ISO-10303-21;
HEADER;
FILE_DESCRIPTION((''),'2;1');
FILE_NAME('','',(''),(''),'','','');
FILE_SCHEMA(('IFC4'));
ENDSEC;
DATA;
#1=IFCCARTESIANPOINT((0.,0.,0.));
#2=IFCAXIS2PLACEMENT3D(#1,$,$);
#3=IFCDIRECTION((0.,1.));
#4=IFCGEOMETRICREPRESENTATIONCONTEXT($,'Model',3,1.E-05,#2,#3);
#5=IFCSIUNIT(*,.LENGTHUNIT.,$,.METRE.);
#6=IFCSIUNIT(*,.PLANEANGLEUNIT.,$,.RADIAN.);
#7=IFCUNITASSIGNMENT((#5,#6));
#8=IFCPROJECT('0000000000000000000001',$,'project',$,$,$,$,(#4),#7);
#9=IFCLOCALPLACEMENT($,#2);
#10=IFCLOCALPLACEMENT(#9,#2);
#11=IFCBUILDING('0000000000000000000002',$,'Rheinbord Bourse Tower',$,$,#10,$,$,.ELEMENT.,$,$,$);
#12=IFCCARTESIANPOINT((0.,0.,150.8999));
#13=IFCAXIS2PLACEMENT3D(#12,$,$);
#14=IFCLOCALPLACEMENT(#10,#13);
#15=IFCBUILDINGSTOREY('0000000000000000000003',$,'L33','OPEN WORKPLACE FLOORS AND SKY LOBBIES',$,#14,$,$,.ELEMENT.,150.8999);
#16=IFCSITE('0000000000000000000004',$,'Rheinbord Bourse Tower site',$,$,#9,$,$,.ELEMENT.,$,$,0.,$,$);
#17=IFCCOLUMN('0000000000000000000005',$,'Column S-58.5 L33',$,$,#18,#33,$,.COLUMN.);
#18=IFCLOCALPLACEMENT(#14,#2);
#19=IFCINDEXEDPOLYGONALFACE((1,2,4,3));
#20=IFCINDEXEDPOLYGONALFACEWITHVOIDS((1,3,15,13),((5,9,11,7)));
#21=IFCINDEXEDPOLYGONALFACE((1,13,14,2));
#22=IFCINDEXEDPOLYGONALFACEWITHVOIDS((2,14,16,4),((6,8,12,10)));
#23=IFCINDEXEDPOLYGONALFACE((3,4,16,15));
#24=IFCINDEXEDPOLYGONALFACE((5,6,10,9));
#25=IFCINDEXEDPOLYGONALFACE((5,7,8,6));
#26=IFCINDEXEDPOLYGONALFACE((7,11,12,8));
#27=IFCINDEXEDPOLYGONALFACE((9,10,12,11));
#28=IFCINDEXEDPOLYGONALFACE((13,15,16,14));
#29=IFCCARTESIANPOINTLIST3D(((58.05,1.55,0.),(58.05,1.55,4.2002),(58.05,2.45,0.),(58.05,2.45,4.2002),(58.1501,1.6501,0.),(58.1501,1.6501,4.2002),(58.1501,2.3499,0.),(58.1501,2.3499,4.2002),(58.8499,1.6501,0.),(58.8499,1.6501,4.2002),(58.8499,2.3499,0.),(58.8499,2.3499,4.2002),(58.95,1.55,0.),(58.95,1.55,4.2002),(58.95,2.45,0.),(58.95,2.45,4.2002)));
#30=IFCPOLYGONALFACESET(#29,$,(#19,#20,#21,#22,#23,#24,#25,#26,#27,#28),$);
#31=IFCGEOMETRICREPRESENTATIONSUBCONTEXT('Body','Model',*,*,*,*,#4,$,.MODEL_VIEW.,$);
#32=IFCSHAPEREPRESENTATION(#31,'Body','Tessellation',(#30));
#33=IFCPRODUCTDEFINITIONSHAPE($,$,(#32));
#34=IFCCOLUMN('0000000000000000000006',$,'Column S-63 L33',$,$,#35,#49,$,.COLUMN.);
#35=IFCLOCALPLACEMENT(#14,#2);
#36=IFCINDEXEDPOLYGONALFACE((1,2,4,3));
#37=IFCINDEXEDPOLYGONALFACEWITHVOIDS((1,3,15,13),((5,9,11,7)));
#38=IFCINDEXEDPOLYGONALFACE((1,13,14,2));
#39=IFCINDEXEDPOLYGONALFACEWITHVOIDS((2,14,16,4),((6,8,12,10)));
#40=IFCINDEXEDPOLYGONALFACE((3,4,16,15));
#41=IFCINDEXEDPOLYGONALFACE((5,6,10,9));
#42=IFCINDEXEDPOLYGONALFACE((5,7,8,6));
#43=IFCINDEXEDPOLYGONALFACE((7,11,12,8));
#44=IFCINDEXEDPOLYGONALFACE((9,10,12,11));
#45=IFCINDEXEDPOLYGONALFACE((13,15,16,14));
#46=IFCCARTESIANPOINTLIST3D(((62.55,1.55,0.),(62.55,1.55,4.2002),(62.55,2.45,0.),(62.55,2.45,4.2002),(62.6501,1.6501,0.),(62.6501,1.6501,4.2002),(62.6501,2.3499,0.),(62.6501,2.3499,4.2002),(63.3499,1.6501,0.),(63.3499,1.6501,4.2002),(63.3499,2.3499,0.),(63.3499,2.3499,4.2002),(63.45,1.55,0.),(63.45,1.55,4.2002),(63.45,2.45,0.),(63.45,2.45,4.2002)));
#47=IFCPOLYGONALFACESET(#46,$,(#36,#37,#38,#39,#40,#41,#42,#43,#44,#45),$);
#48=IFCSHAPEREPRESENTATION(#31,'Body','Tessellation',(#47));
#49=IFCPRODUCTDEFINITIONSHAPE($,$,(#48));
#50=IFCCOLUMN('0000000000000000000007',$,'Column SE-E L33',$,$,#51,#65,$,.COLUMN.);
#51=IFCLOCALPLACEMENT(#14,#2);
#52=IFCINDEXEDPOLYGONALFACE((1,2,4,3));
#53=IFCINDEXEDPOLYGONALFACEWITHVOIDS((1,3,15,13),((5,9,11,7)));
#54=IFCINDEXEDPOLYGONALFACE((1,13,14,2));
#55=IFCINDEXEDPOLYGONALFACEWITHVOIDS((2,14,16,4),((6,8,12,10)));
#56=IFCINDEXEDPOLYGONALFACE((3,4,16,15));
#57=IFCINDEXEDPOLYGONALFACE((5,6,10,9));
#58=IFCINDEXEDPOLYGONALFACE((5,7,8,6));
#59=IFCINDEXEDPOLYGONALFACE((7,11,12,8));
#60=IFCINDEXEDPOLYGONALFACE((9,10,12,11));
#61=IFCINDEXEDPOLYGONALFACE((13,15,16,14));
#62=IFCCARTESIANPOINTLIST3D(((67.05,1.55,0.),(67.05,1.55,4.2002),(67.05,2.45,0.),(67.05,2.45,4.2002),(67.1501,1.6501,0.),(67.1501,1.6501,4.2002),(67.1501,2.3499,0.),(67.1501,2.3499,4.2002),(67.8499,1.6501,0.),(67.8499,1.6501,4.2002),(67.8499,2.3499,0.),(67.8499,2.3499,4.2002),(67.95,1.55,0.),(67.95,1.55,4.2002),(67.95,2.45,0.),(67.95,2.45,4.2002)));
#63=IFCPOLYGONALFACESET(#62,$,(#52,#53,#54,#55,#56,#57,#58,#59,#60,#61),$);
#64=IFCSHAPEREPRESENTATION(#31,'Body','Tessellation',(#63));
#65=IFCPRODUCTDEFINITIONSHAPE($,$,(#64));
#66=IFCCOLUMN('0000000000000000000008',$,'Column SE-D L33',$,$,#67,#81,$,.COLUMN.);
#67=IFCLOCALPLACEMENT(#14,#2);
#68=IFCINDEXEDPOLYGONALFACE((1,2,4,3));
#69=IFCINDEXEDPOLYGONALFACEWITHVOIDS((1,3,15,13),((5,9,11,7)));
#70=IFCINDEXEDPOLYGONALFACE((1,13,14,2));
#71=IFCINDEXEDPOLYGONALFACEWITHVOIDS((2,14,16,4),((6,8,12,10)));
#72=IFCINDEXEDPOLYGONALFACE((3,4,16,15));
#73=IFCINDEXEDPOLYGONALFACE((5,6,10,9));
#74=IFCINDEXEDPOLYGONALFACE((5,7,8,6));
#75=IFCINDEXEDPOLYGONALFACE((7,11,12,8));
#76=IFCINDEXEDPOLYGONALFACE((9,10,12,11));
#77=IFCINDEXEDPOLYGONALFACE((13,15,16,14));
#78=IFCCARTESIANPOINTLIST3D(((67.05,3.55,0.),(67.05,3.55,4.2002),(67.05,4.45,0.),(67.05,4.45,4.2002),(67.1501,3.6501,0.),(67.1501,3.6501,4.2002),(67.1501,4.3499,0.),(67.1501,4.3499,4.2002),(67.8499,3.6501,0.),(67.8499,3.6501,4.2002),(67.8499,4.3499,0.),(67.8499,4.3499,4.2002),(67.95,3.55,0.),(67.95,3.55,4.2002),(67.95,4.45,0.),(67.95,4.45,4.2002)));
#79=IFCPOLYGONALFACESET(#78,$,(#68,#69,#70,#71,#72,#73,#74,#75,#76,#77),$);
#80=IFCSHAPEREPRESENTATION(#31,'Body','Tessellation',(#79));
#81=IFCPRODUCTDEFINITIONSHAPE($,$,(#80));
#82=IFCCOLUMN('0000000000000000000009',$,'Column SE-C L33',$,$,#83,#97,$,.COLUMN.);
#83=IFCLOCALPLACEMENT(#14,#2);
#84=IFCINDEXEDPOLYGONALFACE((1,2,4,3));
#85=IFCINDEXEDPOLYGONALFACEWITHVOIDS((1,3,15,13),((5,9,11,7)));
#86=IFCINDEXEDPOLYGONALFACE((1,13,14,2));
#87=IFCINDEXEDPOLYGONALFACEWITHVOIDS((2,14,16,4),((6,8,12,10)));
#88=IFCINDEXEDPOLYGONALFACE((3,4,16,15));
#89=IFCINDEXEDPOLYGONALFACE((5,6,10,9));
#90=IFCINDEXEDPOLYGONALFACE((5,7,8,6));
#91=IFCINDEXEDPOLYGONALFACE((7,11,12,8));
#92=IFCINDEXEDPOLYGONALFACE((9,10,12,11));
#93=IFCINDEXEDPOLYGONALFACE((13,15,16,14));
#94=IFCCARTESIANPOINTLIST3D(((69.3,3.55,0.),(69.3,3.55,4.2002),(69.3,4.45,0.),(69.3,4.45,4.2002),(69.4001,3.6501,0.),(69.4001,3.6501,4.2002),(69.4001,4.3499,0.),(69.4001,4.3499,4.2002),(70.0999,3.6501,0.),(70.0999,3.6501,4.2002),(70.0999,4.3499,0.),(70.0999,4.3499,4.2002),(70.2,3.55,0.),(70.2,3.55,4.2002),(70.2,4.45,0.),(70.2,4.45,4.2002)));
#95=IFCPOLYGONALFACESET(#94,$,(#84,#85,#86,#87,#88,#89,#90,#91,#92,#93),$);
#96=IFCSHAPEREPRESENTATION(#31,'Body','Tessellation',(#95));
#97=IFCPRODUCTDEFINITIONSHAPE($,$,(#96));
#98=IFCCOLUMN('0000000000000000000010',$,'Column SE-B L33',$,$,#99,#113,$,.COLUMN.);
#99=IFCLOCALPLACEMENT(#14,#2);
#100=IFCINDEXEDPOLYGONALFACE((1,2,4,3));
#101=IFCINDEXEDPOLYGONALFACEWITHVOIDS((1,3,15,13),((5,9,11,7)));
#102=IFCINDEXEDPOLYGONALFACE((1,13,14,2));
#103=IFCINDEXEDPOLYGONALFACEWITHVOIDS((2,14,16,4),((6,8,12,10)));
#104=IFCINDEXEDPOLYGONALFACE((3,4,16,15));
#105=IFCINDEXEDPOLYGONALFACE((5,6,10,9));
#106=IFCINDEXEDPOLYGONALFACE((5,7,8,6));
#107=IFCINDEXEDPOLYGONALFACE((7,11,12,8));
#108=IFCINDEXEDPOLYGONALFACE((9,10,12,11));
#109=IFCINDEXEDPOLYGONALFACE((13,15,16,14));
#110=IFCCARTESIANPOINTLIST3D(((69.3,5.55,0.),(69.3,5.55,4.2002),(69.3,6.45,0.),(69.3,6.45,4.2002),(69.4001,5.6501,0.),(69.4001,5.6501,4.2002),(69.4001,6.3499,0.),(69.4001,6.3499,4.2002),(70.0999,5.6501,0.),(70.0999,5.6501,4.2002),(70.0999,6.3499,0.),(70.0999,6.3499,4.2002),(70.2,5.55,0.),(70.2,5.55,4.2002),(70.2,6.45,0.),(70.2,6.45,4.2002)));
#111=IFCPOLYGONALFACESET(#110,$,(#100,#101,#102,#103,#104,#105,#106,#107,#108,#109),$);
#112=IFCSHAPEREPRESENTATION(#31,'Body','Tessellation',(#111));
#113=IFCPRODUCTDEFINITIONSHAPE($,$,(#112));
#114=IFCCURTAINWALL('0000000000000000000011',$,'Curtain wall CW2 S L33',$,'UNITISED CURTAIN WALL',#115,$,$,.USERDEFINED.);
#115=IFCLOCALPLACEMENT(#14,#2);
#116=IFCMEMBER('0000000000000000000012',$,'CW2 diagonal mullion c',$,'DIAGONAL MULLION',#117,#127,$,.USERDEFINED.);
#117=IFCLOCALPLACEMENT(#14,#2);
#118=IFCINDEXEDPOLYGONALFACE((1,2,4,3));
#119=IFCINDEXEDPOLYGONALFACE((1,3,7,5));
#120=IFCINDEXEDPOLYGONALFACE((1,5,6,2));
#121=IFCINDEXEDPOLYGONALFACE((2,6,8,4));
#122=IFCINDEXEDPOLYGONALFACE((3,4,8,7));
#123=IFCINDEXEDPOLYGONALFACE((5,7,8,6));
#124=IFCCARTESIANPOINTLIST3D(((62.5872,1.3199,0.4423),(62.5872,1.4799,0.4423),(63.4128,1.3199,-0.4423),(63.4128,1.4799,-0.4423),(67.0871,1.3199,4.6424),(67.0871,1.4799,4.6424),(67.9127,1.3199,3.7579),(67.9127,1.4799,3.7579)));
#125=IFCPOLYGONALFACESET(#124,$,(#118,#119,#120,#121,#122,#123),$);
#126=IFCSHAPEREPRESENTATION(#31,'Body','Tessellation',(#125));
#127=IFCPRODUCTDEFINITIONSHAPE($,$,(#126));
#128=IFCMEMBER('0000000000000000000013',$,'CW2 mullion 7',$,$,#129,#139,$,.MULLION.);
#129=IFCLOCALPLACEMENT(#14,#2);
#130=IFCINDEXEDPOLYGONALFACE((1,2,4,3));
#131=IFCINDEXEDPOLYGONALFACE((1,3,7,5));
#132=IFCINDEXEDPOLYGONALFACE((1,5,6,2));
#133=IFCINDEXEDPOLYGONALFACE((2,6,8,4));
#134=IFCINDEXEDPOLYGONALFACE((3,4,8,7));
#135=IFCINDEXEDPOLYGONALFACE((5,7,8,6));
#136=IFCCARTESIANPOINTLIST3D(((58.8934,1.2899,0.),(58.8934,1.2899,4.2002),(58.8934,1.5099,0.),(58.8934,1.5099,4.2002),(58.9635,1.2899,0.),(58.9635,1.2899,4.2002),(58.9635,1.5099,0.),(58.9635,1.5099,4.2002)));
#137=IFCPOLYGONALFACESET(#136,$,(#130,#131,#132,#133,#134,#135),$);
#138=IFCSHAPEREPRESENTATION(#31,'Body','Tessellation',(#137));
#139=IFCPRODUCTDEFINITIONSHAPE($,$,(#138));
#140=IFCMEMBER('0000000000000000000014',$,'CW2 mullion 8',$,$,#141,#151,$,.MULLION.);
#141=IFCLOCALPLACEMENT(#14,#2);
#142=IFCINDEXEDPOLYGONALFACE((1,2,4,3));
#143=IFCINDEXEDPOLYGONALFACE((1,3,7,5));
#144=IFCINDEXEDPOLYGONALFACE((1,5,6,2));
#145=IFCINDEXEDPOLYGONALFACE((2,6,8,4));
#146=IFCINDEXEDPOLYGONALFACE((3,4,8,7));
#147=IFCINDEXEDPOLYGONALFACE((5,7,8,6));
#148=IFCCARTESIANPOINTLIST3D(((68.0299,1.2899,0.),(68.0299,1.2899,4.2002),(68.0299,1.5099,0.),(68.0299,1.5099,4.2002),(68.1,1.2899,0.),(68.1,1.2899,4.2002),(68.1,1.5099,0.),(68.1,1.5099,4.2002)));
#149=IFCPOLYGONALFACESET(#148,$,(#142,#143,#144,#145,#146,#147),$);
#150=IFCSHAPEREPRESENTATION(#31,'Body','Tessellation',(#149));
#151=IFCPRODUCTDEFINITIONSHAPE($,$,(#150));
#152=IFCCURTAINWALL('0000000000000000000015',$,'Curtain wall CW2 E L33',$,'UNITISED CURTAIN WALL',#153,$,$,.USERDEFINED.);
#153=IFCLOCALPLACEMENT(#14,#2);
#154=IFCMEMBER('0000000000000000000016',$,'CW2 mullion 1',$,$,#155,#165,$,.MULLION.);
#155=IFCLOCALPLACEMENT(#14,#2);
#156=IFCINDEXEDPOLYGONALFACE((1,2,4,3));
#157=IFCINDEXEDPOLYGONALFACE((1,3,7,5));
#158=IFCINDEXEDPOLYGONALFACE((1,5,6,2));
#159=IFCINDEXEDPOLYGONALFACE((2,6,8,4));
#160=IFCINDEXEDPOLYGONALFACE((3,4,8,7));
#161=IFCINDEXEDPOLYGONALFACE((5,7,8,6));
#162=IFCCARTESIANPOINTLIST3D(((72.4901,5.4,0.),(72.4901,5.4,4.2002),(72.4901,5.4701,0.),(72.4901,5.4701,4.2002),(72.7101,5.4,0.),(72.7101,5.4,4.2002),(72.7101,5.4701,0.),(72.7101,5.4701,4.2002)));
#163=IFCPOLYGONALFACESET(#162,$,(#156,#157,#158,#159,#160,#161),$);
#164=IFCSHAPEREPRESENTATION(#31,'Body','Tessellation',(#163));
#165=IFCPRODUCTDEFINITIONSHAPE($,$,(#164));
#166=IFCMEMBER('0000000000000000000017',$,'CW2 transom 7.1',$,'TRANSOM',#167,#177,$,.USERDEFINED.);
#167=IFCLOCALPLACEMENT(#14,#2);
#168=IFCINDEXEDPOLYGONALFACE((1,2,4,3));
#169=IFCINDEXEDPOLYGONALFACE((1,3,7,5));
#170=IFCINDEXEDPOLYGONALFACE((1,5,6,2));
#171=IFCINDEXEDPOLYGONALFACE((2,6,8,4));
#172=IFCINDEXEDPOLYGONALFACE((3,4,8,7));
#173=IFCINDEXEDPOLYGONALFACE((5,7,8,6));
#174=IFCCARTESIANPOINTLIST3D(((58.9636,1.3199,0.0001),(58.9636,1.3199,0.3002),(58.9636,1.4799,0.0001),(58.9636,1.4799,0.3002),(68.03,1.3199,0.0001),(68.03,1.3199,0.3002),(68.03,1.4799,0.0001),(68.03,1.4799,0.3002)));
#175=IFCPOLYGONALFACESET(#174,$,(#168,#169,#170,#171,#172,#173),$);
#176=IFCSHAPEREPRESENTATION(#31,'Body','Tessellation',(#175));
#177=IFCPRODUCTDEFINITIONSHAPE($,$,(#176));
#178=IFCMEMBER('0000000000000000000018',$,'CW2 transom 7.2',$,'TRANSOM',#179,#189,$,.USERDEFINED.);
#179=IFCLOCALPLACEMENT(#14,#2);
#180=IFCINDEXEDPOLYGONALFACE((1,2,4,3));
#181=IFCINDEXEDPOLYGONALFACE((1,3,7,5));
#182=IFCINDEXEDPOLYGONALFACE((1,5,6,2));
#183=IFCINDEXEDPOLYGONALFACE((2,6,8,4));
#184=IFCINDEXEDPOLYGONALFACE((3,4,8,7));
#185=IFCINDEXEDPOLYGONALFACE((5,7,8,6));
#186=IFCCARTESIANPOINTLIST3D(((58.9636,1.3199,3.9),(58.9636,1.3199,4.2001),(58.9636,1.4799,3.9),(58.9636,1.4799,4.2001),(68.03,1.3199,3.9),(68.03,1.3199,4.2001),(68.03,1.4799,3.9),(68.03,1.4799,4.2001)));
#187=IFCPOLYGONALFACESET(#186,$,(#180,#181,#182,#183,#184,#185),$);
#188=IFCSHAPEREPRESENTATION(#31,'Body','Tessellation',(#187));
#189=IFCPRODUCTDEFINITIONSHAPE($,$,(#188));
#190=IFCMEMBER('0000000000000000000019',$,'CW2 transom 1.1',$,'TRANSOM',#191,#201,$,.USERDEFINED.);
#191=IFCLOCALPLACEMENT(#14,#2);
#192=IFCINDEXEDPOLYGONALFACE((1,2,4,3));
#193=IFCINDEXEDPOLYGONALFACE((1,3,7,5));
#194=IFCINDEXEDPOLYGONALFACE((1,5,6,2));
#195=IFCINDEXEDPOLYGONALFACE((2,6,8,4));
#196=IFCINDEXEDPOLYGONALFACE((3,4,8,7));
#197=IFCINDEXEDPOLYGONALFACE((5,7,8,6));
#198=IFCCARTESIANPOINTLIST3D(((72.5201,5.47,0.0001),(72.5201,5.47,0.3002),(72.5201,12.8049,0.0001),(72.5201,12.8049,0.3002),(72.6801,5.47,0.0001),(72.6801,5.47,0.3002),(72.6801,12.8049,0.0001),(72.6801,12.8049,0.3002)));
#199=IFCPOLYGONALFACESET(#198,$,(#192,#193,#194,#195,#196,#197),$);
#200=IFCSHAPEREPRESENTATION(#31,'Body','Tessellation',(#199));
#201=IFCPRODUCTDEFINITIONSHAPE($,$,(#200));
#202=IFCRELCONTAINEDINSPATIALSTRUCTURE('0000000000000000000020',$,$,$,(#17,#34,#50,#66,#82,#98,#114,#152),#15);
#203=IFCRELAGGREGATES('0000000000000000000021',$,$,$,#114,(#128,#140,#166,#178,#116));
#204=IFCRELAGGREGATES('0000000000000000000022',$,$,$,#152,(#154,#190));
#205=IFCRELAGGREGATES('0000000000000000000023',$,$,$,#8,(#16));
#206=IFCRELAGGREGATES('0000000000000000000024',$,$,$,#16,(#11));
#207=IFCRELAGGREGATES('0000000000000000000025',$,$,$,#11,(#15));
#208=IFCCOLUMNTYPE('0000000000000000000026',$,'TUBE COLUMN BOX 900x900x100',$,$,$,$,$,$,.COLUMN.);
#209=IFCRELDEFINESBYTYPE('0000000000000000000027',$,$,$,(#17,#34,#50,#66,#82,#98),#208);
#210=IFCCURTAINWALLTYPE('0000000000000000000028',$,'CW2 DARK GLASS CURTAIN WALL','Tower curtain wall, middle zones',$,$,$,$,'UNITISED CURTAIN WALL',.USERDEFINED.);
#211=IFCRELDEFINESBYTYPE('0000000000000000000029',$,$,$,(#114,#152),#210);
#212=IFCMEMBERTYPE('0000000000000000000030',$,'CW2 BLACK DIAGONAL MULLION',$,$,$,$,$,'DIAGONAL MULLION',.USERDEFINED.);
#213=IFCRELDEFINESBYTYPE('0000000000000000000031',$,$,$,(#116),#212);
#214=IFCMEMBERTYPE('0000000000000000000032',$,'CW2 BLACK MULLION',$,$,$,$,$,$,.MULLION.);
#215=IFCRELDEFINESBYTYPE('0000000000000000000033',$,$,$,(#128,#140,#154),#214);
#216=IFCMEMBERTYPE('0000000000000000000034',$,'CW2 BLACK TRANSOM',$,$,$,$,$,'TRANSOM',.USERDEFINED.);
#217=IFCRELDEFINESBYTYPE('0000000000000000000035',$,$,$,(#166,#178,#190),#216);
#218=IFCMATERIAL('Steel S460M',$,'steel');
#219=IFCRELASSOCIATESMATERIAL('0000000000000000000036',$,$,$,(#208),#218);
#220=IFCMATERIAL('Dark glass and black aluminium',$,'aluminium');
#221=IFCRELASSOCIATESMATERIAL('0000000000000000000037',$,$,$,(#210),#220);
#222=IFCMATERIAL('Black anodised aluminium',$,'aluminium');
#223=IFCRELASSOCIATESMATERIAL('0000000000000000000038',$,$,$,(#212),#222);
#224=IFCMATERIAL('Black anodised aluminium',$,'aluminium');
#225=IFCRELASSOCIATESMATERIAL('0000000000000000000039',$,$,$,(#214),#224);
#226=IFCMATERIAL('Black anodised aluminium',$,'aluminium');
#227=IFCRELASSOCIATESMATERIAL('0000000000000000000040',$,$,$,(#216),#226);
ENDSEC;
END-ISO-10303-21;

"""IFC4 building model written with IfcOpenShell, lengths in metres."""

from ifc_helpers import new_model, si_unit, direction, frame, origin, origin_2d, place, context, subcontext, project, spatial, rectangle, hollow_rectangle, extrude, material, material_profile, profile_set, type_object, element, aggregate, save


model = new_model("IFC4")

# Units and contexts
model_context = context("Model", 3, precision=1e-05, world=origin(), true_north=direction((0.0, 1.0)))
body_context = subcontext(model_context, "Body", "Model", "MODEL_VIEW")
ifc_project = project(units=[si_unit("LENGTHUNIT", "METRE"), si_unit("PLANEANGLEUNIT", "RADIAN")], contexts=[model_context])

# Site, building, storey
site_placement = place(None, origin())
site = spatial("IfcSite", under=ifc_project, at=site_placement, Name="Rheinbord Bourse Tower site", CompositionType="ELEMENT", RefElevation=0.0)
building_placement = place(site_placement, origin())
building = spatial("IfcBuilding", under=site, at=building_placement, Name="Rheinbord Bourse Tower", CompositionType="ELEMENT")
storey_placement = place(building_placement, frame((0.0, 0.0, 150.8999)))
storey = spatial("IfcBuildingStorey", under=building, at=storey_placement, Name="L33", Description="OPEN WORKPLACE FLOORS AND SKY LOBBIES", CompositionType="ELEMENT", Elevation=150.8999)

# Columns
ifc_material_1 = material(Name="Steel S460M", Category="steel")
ifc_material_profile_1 = material_profile(ifc_material_1, hollow_rectangle(XDim=0.8999, YDim=0.8999, WallThickness=0.1001, at=origin_2d()), Name="BOX 900x900x100")
ifc_profile_set_1 = profile_set([ifc_material_profile_1], Name="Steel S460M")
column_type = type_object("IfcColumnType", Name="TUBE COLUMN BOX 900x900x100", PredefinedType="COLUMN", material=ifc_profile_set_1)
for number, where, z_axis, x_axis, name in (
    (1, (58.5, 2.0, 0.0), (0.0, 0.0, 1.0), (0.0, 1.0, 0.0), "Column S-58.5 L33"),
    (2, (63.0, 2.0, 0.0), (0.0, 0.0, 1.0), (0.0, 1.0, 0.0), "Column S-63 L33"),
    (3, (67.5, 2.0, 0.0), (0.0, 0.0, 1.0), (0.0, 1.0, 0.0), "Column SE-E L33"),
    (4, (67.5, 4.0, 0.0), (0.0, 0.0, 1.0), (0.0, 1.0, 0.0), "Column SE-D L33"),
    (5, (69.75, 4.0, 0.0), (0.0, 0.0, 1.0), (1.0, 0.0, 0.0), "Column SE-C L33"),
    (6, (69.75, 6.0, 0.0), (0.0, 0.0, 1.0), (1.0, 0.0, 0.0), "Column SE-B L33"),
):
    element("IfcColumn", number, at=place(storey_placement, frame(where, z_axis=z_axis, x_axis=x_axis)), inside=storey, type_object=column_type, Name=name, PredefinedType="COLUMN", context=body_context, shape_type="SweptSolid", body=[
        extrude(hollow_rectangle(XDim=0.8999, YDim=0.8999, WallThickness=0.1001, at=origin_2d()), origin(), (0.0, 0.0, 1.0), 4.2002),
    ])

# Curtain wall, members
ifc_material_2 = material(Name="Dark glass and black aluminium", Category="aluminium")
curtain_wall_type = type_object("IfcCurtainWallType", Name="CW2 DARK GLASS CURTAIN WALL", Description="Tower curtain wall, middle zones", ElementType="UNITISED CURTAIN WALL", PredefinedType="USERDEFINED", material=ifc_material_2)
curtain_wall_1_placement = place(storey_placement, origin())
curtain_wall_1 = element("IfcCurtainWall", 7, at=curtain_wall_1_placement, inside=storey, type_object=curtain_wall_type, Name="Curtain wall CW2 S L33", ObjectType="UNITISED CURTAIN WALL", PredefinedType="USERDEFINED")
ifc_material_3 = material(Name="Black anodised aluminium", Category="aluminium")
ifc_material_profile_2 = material_profile(ifc_material_3, rectangle(XDim=0.1599, YDim=1.21, at=origin_2d()), Name="CW2 DIAGONAL MULLION 1210x160")
ifc_profile_set_2 = profile_set([ifc_material_profile_2], Name="Black anodised aluminium")
member_type_1 = type_object("IfcMemberType", Name="CW2 BLACK DIAGONAL MULLION", ElementType="DIAGONAL MULLION", PredefinedType="USERDEFINED", material=ifc_profile_set_2)
member_1_placement = place(storey_placement, frame((63.0, 1.3999, 0.0), z_axis=(0.731039, 0.0, 0.682335), x_axis=(0.0, 1.0, 0.0)))
member_1 = element("IfcMember", 8, at=member_1_placement, type_object=member_type_1, Name="CW2 diagonal mullion c", ObjectType="DIAGONAL MULLION", PredefinedType="USERDEFINED", context=body_context, shape_type="SweptSolid", body=[
    extrude(rectangle(XDim=0.1599, YDim=1.21, at=origin_2d()), origin(), (0.0, 0.0, 1.0), 6.1555),
])
ifc_material_4 = material(Name="Black anodised aluminium", Category="aluminium")
ifc_material_profile_3 = material_profile(ifc_material_4, rectangle(XDim=0.22, YDim=0.0701, at=origin_2d()), Name="CW2 MULLION 70x220")
ifc_profile_set_3 = profile_set([ifc_material_profile_3], Name="Black anodised aluminium")
member_type_2 = type_object("IfcMemberType", Name="CW2 BLACK MULLION", PredefinedType="MULLION", material=ifc_profile_set_3)
member_2_placement = place(storey_placement, frame((58.9285, 1.3999, 0.0), z_axis=(0.0, 0.0, 1.0), x_axis=(0.0, 1.0, 0.0)))
member_2 = element("IfcMember", 9, at=member_2_placement, type_object=member_type_2, Name="CW2 mullion 7", PredefinedType="MULLION", context=body_context, shape_type="SweptSolid", body=[
    extrude(rectangle(XDim=0.22, YDim=0.0701, at=origin_2d()), origin(), (0.0, 0.0, 1.0), 4.2002),
])
member_3_placement = place(storey_placement, frame((68.0649, 1.3999, 0.0), z_axis=(0.0, 0.0, 1.0), x_axis=(0.0, 1.0, 0.0)))
member_3 = element("IfcMember", 10, at=member_3_placement, type_object=member_type_2, Name="CW2 mullion 8", PredefinedType="MULLION", context=body_context, shape_type="SweptSolid", body=[
    extrude(rectangle(XDim=0.22, YDim=0.0701, at=origin_2d()), origin(), (0.0, 0.0, 1.0), 4.2002),
])

# Curtain wall, member
curtain_wall_2_placement = place(storey_placement, origin())
curtain_wall_2 = element("IfcCurtainWall", 11, at=curtain_wall_2_placement, inside=storey, type_object=curtain_wall_type, Name="Curtain wall CW2 E L33", ObjectType="UNITISED CURTAIN WALL", PredefinedType="USERDEFINED")
member_4_placement = place(storey_placement, frame((72.6001, 5.4351, 0.0), z_axis=(0.0, 0.0, 1.0), x_axis=(-1.0, 0.0, 0.0)))
member_4 = element("IfcMember", 12, at=member_4_placement, type_object=member_type_2, Name="CW2 mullion 1", PredefinedType="MULLION", context=body_context, shape_type="SweptSolid", body=[
    extrude(rectangle(XDim=0.22, YDim=0.0701, at=origin_2d()), origin(), (0.0, 0.0, 1.0), 4.2002),
])

# Members
ifc_material_5 = material(Name="Black anodised aluminium", Category="aluminium")
ifc_material_profile_4 = material_profile(ifc_material_5, rectangle(XDim=0.1599, YDim=0.3, at=origin_2d()), Name="CW2 TRANSOM 300x160")
ifc_profile_set_4 = profile_set([ifc_material_profile_4], Name="Black anodised aluminium")
member_type_3 = type_object("IfcMemberType", Name="CW2 BLACK TRANSOM", ElementType="TRANSOM", PredefinedType="USERDEFINED", material=ifc_profile_set_4)
member_5_placement = place(storey_placement, frame((58.9636, 1.3999, 0.1501), z_axis=(1.0, 0.0, 0.0), x_axis=(0.0, 1.0, 0.0)))
member_5 = element("IfcMember", 13, at=member_5_placement, type_object=member_type_3, Name="CW2 transom 7.1", ObjectType="TRANSOM", PredefinedType="USERDEFINED", context=body_context, shape_type="SweptSolid", body=[
    extrude(rectangle(XDim=0.1599, YDim=0.3, at=origin_2d()), origin(), (0.0, 0.0, 1.0), 9.0664),
])
member_6_placement = place(storey_placement, frame((58.9636, 1.3999, 4.05), z_axis=(1.0, 0.0, 0.0), x_axis=(0.0, 1.0, 0.0)))
member_6 = element("IfcMember", 14, at=member_6_placement, type_object=member_type_3, Name="CW2 transom 7.2", ObjectType="TRANSOM", PredefinedType="USERDEFINED", context=body_context, shape_type="SweptSolid", body=[
    extrude(rectangle(XDim=0.1599, YDim=0.3, at=origin_2d()), origin(), (0.0, 0.0, 1.0), 9.0664),
])
member_7_placement = place(storey_placement, frame((72.6001, 5.47, 0.1501), z_axis=(0.0, 1.0, 0.0), x_axis=(-1.0, 0.0, 0.0)))
member_7 = element("IfcMember", 15, at=member_7_placement, type_object=member_type_3, Name="CW2 transom 1.1", ObjectType="TRANSOM", PredefinedType="USERDEFINED", context=body_context, shape_type="SweptSolid", body=[
    extrude(rectangle(XDim=0.1599, YDim=0.3, at=origin_2d()), origin(), (0.0, 0.0, 1.0), 7.335),
])

aggregate(curtain_wall_1, [member_2, member_3, member_5, member_6, member_1])
aggregate(curtain_wall_2, [member_4, member_7])

save(model, "model.ifc")
